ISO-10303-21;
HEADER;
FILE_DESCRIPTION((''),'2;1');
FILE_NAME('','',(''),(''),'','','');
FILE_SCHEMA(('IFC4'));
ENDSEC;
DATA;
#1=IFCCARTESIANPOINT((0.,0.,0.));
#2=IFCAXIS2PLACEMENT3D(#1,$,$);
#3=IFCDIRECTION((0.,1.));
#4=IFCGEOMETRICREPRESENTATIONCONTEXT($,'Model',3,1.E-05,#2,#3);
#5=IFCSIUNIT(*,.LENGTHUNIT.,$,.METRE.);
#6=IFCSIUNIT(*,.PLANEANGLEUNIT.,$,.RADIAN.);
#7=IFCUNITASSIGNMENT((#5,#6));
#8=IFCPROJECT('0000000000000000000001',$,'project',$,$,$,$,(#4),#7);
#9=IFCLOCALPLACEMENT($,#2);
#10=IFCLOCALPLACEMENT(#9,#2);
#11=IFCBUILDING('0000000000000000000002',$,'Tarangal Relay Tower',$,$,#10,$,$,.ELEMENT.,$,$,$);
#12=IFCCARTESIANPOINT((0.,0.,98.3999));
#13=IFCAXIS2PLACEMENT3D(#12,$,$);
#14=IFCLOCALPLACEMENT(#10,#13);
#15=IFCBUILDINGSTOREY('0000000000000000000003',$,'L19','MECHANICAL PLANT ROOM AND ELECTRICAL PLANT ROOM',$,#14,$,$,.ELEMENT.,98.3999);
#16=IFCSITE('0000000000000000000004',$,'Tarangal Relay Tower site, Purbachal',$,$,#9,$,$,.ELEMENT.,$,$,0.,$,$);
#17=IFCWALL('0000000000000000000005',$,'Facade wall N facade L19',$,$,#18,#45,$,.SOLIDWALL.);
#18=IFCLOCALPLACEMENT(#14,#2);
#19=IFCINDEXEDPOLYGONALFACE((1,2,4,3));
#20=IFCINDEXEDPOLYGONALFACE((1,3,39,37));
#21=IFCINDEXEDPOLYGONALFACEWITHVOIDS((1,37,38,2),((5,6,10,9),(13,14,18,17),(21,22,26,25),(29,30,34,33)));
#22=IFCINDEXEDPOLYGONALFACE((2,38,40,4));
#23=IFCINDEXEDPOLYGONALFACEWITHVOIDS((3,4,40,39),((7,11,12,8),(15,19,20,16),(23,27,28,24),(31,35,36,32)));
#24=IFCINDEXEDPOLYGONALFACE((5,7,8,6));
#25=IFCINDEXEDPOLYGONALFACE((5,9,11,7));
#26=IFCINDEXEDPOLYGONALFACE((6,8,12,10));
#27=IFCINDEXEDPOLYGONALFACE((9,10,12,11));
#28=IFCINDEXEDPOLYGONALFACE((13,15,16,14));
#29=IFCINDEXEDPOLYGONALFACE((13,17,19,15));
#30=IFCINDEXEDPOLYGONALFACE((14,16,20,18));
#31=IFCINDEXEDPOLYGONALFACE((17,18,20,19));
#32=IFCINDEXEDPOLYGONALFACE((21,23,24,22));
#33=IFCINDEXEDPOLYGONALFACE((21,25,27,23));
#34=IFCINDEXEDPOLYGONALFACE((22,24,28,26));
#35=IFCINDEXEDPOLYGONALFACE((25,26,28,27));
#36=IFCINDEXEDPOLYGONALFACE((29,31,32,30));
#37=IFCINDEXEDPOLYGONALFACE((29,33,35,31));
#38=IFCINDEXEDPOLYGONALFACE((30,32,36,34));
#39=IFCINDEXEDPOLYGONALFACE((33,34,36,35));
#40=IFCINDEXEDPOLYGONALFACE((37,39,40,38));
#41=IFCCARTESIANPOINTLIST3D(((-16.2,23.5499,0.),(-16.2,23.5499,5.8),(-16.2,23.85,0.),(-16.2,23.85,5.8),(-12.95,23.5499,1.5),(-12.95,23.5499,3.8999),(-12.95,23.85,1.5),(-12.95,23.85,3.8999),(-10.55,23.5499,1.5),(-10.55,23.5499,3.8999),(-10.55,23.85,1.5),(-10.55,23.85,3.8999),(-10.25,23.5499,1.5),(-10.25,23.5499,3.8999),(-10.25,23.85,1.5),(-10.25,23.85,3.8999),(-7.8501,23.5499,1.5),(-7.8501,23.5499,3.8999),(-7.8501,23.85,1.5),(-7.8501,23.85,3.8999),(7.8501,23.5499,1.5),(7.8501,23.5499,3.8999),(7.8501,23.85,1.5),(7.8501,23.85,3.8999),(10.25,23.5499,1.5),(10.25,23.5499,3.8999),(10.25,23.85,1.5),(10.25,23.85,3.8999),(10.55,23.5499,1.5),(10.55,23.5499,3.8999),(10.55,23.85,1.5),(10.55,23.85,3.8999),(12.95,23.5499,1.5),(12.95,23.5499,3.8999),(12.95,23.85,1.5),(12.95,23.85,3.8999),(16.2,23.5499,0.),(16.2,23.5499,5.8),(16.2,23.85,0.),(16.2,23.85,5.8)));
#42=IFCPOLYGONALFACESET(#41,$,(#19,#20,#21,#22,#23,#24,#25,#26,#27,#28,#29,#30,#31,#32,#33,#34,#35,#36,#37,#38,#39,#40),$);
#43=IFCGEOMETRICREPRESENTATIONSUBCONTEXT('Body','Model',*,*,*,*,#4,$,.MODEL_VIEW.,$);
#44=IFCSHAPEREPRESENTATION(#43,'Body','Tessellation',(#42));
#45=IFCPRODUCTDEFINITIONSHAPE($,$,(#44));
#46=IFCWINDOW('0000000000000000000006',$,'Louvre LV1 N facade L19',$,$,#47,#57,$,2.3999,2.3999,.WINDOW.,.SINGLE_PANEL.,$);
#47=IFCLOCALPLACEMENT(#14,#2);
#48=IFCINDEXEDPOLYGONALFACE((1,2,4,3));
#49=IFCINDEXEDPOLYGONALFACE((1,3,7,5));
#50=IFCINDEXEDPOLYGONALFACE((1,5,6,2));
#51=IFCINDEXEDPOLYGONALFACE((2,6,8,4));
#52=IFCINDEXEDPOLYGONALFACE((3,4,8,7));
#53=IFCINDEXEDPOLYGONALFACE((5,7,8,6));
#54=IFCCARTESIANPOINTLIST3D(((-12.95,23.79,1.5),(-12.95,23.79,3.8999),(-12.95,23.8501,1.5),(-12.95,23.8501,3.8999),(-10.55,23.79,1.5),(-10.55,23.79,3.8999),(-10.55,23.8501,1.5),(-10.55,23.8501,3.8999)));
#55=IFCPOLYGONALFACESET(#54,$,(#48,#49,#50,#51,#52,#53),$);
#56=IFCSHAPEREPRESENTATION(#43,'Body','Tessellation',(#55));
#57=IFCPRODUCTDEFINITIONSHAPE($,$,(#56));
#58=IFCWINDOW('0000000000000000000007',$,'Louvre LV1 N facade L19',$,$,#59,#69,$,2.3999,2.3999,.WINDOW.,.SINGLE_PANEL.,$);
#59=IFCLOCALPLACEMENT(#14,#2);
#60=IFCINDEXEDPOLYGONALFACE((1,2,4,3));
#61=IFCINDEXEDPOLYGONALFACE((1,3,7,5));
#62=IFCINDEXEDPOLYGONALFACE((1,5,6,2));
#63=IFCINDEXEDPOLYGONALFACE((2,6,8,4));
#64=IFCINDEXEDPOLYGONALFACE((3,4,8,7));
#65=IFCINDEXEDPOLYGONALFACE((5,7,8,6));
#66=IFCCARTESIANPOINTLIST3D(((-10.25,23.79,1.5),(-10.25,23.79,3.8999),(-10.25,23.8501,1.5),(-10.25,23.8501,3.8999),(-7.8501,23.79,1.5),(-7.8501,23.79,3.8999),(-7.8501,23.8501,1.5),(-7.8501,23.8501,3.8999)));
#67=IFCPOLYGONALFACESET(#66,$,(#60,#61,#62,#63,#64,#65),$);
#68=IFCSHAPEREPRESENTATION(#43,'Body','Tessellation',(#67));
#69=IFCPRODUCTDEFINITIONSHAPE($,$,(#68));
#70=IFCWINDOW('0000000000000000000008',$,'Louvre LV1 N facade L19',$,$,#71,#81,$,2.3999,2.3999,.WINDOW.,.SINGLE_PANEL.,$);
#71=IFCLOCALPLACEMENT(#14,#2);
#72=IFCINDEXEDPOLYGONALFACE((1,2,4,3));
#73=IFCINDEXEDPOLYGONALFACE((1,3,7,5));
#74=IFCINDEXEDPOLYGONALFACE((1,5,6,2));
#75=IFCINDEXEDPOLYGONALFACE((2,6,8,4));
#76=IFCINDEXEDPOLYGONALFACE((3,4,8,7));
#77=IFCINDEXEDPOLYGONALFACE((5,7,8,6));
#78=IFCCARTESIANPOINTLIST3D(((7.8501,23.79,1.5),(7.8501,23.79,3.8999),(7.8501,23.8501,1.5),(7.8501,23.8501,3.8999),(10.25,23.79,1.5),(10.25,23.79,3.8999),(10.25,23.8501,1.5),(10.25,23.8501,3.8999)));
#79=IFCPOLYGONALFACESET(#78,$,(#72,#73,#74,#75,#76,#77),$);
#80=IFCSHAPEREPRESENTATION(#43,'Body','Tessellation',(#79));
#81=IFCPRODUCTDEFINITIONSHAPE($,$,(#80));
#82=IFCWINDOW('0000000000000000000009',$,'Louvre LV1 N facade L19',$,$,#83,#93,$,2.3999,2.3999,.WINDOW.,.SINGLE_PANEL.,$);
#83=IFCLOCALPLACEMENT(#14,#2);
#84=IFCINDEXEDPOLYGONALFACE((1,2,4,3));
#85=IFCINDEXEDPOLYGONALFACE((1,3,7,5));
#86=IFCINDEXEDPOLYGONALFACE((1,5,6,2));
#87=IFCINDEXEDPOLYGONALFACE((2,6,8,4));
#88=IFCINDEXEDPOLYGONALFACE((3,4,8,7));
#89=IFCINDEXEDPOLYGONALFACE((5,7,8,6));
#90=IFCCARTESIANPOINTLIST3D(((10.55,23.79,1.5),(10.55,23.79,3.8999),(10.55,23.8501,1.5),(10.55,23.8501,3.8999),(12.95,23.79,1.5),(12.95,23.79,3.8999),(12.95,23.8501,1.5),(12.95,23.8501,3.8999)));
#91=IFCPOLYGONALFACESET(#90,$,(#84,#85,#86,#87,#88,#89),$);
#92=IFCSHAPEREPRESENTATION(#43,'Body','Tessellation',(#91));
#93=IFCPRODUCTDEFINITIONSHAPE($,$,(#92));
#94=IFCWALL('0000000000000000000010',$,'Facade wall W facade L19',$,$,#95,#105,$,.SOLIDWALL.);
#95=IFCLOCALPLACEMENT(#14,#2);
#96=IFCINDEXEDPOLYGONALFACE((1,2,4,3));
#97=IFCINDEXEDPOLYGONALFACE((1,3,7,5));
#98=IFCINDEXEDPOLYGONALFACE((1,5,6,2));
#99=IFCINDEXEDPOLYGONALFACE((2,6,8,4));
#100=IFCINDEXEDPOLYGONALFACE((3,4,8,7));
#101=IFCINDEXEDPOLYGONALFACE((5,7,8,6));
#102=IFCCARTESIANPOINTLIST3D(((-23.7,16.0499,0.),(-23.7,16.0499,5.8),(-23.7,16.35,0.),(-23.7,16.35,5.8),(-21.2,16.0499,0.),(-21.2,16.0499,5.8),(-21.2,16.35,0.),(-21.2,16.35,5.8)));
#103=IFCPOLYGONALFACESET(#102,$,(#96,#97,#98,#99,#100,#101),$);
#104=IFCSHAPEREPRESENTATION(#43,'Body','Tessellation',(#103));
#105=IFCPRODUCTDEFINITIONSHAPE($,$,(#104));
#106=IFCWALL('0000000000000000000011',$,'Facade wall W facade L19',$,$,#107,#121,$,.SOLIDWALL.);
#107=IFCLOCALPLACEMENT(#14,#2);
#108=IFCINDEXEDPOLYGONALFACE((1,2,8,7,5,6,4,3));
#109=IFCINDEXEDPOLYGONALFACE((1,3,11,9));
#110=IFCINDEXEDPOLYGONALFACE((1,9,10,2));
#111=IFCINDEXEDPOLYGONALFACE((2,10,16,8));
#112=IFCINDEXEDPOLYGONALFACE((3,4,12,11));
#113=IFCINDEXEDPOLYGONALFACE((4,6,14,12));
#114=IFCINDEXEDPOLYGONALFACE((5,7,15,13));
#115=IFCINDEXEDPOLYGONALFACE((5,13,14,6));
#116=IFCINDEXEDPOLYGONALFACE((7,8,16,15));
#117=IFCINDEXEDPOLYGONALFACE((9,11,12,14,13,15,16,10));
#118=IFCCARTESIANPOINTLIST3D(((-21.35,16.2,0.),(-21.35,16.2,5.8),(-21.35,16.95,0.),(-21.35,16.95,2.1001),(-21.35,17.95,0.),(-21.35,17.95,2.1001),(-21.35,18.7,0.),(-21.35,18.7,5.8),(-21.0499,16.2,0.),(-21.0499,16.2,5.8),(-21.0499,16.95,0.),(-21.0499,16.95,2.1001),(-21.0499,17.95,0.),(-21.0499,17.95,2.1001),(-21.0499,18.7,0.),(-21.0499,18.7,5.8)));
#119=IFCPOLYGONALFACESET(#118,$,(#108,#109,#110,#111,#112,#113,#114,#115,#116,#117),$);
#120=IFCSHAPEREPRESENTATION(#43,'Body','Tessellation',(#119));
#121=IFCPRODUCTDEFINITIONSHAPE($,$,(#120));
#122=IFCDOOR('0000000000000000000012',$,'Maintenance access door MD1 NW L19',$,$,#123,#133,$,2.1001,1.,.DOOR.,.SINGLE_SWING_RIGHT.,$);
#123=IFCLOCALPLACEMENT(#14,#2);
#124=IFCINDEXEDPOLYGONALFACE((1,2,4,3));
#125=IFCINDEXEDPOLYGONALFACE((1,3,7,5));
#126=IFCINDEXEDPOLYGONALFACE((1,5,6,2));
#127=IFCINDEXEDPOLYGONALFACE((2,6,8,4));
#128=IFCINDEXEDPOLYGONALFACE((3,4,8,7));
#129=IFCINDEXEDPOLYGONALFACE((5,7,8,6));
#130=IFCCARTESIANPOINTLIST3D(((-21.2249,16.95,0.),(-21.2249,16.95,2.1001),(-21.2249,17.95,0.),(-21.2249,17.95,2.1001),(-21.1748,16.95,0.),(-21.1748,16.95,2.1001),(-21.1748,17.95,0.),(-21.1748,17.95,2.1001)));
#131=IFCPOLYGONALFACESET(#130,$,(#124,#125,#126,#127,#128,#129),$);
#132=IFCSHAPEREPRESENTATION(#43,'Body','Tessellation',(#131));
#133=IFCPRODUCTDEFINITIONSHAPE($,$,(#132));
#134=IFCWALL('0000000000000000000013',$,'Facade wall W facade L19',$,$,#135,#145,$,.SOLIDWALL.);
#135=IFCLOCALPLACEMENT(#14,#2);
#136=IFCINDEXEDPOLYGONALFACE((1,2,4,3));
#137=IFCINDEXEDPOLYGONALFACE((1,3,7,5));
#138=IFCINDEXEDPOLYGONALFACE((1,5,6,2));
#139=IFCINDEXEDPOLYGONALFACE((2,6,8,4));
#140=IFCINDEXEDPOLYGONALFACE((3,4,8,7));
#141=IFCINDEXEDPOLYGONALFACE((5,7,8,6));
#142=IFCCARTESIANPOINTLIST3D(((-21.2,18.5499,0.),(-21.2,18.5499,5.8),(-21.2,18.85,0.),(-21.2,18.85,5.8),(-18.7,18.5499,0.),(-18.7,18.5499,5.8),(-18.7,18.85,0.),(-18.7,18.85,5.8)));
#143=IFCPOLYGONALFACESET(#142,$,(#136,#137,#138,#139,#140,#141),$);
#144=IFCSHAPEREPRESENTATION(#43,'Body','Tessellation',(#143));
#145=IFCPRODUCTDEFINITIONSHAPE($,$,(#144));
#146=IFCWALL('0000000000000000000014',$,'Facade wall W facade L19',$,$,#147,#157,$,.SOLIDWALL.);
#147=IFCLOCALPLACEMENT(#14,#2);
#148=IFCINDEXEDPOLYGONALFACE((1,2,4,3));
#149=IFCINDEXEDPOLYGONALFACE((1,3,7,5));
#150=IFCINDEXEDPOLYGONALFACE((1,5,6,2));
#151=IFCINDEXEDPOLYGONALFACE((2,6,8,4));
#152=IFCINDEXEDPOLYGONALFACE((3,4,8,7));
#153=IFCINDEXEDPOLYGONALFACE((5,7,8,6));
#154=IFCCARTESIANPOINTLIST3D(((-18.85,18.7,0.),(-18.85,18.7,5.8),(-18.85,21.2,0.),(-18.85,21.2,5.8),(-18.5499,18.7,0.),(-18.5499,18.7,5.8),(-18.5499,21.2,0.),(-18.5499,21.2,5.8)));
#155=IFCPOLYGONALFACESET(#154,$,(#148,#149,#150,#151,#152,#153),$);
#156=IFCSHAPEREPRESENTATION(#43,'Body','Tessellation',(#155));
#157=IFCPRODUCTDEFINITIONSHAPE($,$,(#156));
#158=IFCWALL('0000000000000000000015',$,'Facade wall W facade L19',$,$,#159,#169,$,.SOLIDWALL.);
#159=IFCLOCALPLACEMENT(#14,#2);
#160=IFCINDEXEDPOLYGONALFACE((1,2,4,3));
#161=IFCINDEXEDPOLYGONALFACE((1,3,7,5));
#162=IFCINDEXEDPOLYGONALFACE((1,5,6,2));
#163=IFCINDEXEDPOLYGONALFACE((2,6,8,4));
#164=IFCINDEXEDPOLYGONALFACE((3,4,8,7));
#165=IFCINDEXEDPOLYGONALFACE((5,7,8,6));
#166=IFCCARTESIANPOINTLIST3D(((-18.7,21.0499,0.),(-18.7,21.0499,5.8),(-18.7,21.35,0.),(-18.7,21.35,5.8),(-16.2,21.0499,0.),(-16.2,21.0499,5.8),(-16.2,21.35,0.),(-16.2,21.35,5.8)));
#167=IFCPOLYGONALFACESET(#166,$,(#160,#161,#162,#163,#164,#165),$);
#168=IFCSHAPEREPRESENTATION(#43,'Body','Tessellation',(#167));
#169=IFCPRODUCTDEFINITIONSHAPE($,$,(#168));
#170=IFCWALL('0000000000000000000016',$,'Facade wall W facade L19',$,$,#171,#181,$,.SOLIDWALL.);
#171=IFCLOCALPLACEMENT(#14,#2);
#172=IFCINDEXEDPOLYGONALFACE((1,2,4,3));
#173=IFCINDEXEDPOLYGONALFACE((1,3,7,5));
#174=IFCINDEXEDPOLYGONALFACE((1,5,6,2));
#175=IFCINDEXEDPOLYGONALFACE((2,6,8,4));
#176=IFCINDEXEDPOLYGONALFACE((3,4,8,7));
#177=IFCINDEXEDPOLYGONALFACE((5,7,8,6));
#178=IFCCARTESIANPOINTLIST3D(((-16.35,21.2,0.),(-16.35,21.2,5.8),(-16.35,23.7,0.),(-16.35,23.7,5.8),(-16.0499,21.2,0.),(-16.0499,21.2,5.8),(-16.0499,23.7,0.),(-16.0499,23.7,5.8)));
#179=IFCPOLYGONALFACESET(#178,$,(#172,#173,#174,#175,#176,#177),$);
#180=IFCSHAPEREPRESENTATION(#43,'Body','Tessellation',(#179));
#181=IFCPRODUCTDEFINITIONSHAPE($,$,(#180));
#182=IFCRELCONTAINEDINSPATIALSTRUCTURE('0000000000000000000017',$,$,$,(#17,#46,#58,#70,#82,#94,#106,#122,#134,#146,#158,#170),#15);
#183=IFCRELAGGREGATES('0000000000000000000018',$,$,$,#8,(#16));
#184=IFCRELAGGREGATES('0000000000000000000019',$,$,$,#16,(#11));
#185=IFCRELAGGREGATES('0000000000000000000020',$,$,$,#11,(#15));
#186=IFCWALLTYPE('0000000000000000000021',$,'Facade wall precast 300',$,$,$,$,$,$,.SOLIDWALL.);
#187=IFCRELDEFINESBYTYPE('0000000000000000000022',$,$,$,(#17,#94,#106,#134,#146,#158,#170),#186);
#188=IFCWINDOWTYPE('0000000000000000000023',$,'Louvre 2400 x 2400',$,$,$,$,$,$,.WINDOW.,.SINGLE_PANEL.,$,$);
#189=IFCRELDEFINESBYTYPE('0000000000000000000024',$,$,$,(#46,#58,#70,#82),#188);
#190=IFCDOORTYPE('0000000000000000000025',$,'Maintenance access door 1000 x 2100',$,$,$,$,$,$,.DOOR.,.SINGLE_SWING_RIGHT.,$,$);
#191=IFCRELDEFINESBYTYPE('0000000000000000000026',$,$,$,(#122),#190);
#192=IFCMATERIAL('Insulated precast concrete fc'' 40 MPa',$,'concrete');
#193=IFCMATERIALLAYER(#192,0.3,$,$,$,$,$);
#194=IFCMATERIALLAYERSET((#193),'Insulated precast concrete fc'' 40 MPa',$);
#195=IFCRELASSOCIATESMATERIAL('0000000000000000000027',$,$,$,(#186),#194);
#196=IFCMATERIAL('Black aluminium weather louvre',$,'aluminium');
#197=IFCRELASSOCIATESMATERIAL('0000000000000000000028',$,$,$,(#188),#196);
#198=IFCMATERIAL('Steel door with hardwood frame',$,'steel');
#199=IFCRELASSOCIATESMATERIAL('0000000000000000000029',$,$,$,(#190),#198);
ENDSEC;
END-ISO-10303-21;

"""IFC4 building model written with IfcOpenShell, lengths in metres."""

from ifc_helpers import new_model, si_unit, direction, frame, frame_2d, origin, place, context, subcontext, project, spatial, rectangle, extrude, material, layer, layer_set, type_object, element, fill, save


model = new_model("IFC4")

# Units and contexts
model_context = context("Model", 3, precision=1e-05, world=origin(), true_north=direction((0.0, 1.0)))
body_context = subcontext(model_context, "Body", "Model", "MODEL_VIEW")
ifc_project = project(units=[si_unit("LENGTHUNIT", "METRE"), si_unit("PLANEANGLEUNIT", "RADIAN")], contexts=[model_context])

# Site, building, storey
site_placement = place(None, origin())
site = spatial("IfcSite", under=ifc_project, at=site_placement, Name="Tarangal Relay Tower site, Purbachal", CompositionType="ELEMENT", RefElevation=0.0)
building_placement = place(site_placement, origin())
building = spatial("IfcBuilding", under=site, at=building_placement, Name="Tarangal Relay Tower", CompositionType="ELEMENT")
storey_placement = place(building_placement, frame((0.0, 0.0, 98.3999)))
storey = spatial("IfcBuildingStorey", under=building, at=storey_placement, Name="L19", Description="MECHANICAL PLANT ROOM AND ELECTRICAL PLANT ROOM", CompositionType="ELEMENT", Elevation=98.3999)

# Wall, openings, windows
ifc_material_1 = material(Name="Insulated precast concrete fc' 40 MPa", Category="concrete")
ifc_layer_1 = layer(ifc_material_1, 0.3)
ifc_layer_set_1 = layer_set([ifc_layer_1], Name="Insulated precast concrete fc' 40 MPa")
wall_type_1 = type_object("IfcWallType", Name="Facade wall precast 300", PredefinedType="SOLIDWALL", material=ifc_layer_set_1)
wall_1_placement = place(storey_placement, frame((-16.2, 23.7, 0.0), z_axis=(0.0, 0.0, 1.0), x_axis=(1.0, 0.0, 0.0)))
wall_1 = element("IfcWall", 1, at=wall_1_placement, inside=storey, type_object=wall_type_1, Name="Facade wall N facade L19", PredefinedType="SOLIDWALL", context=body_context, shape_type="SweptSolid", body=[
    extrude(rectangle(XDim=32.3999, YDim=0.3, at=frame_2d((16.2, 0.0))), origin(), (0.0, 0.0, 1.0), 5.8),
])
opening_1_placement = place(wall_1_placement, frame((3.25, 0.0, 1.5)))
opening_1 = element("IfcOpeningElement", 2, at=opening_1_placement, cuts=wall_1, PredefinedType="OPENING", context=body_context, shape_type="SweptSolid", body=[
    extrude(rectangle(XDim=2.3999, YDim=2.3999, at=frame_2d((1.2, 1.2))), frame((0.0, 0.1599, 0.0), z_axis=(0.0, -1.0, 0.0), x_axis=(1.0, 0.0, 0.0)), (0.0, 0.0, 1.0), 0.3201),
])
opening_2_placement = place(wall_1_placement, frame((5.95, 0.0, 1.5)))
opening_2 = element("IfcOpeningElement", 3, at=opening_2_placement, cuts=wall_1, PredefinedType="OPENING", context=body_context, shape_type="SweptSolid", body=[
    extrude(rectangle(XDim=2.3999, YDim=2.3999, at=frame_2d((1.2, 1.2))), frame((0.0, 0.1599, 0.0), z_axis=(0.0, -1.0, 0.0), x_axis=(1.0, 0.0, 0.0)), (0.0, 0.0, 1.0), 0.3201),
])
opening_3_placement = place(wall_1_placement, frame((24.05, 0.0, 1.5)))
opening_3 = element("IfcOpeningElement", 4, at=opening_3_placement, cuts=wall_1, PredefinedType="OPENING", context=body_context, shape_type="SweptSolid", body=[
    extrude(rectangle(XDim=2.3999, YDim=2.3999, at=frame_2d((1.2, 1.2))), frame((0.0, 0.1599, 0.0), z_axis=(0.0, -1.0, 0.0), x_axis=(1.0, 0.0, 0.0)), (0.0, 0.0, 1.0), 0.3201),
])
opening_4_placement = place(wall_1_placement, frame((26.75, 0.0, 1.5)))
opening_4 = element("IfcOpeningElement", 5, at=opening_4_placement, cuts=wall_1, PredefinedType="OPENING", context=body_context, shape_type="SweptSolid", body=[
    extrude(rectangle(XDim=2.3999, YDim=2.3999, at=frame_2d((1.2, 1.2))), frame((0.0, 0.1599, 0.0), z_axis=(0.0, -1.0, 0.0), x_axis=(1.0, 0.0, 0.0)), (0.0, 0.0, 1.0), 0.3201),
])
ifc_material_2 = material(Name="Black aluminium weather louvre", Category="aluminium")
window_type = type_object("IfcWindowType", Name="Louvre 2400 x 2400", PartitioningType="SINGLE_PANEL", PredefinedType="WINDOW", material=ifc_material_2)
window_1_placement = place(opening_1_placement, origin())
window_1 = element("IfcWindow", 6, at=window_1_placement, inside=storey, type_object=window_type, Name="Louvre LV1 N facade L19", OverallHeight=2.3999, OverallWidth=2.3999, PartitioningType="SINGLE_PANEL", PredefinedType="WINDOW", context=body_context, shape_type="SweptSolid", body=[
    extrude(rectangle(XDim=2.3999, YDim=2.3999, at=frame_2d((1.2, 1.2))), frame((0.0, 0.1501, 0.0), z_axis=(0.0, -1.0, 0.0), x_axis=(1.0, 0.0, 0.0)), (0.0, 0.0, 1.0), 0.0601),
])
fill(opening_1, window_1)
window_2_placement = place(opening_2_placement, origin())
window_2 = element("IfcWindow", 7, at=window_2_placement, inside=storey, type_object=window_type, Name="Louvre LV1 N facade L19", OverallHeight=2.3999, OverallWidth=2.3999, PartitioningType="SINGLE_PANEL", PredefinedType="WINDOW", context=body_context, shape_type="SweptSolid", body=[
    extrude(rectangle(XDim=2.3999, YDim=2.3999, at=frame_2d((1.2, 1.2))), frame((0.0, 0.1501, 0.0), z_axis=(0.0, -1.0, 0.0), x_axis=(1.0, 0.0, 0.0)), (0.0, 0.0, 1.0), 0.0601),
])
fill(opening_2, window_2)
window_3_placement = place(opening_3_placement, origin())
window_3 = element("IfcWindow", 8, at=window_3_placement, inside=storey, type_object=window_type, Name="Louvre LV1 N facade L19", OverallHeight=2.3999, OverallWidth=2.3999, PartitioningType="SINGLE_PANEL", PredefinedType="WINDOW", context=body_context, shape_type="SweptSolid", body=[
    extrude(rectangle(XDim=2.3999, YDim=2.3999, at=frame_2d((1.2, 1.2))), frame((0.0, 0.1501, 0.0), z_axis=(0.0, -1.0, 0.0), x_axis=(1.0, 0.0, 0.0)), (0.0, 0.0, 1.0), 0.0601),
])
fill(opening_3, window_3)
window_4_placement = place(opening_4_placement, origin())
window_4 = element("IfcWindow", 9, at=window_4_placement, inside=storey, type_object=window_type, Name="Louvre LV1 N facade L19", OverallHeight=2.3999, OverallWidth=2.3999, PartitioningType="SINGLE_PANEL", PredefinedType="WINDOW", context=body_context, shape_type="SweptSolid", body=[
    extrude(rectangle(XDim=2.3999, YDim=2.3999, at=frame_2d((1.2, 1.2))), frame((0.0, 0.1501, 0.0), z_axis=(0.0, -1.0, 0.0), x_axis=(1.0, 0.0, 0.0)), (0.0, 0.0, 1.0), 0.0601),
])
fill(opening_4, window_4)

# Wall
wall_2_placement = place(storey_placement, frame((-23.7, 16.2, 0.0), z_axis=(0.0, 0.0, 1.0), x_axis=(1.0, 0.0, 0.0)))
element("IfcWall", 10, at=wall_2_placement, inside=storey, type_object=wall_type_1, Name="Facade wall W facade L19", PredefinedType="SOLIDWALL", context=body_context, shape_type="SweptSolid", body=[
    extrude(rectangle(XDim=2.5, YDim=0.3, at=frame_2d((1.25, 0.0))), origin(), (0.0, 0.0, 1.0), 5.8),
])

# Wall, opening, door
wall_3_placement = place(storey_placement, frame((-21.2, 16.2, 0.0), z_axis=(0.0, 0.0, 1.0), x_axis=(0.0, 1.0, 0.0)))
wall_3 = element("IfcWall", 11, at=wall_3_placement, inside=storey, type_object=wall_type_1, Name="Facade wall W facade L19", PredefinedType="SOLIDWALL", context=body_context, shape_type="SweptSolid", body=[
    extrude(rectangle(XDim=2.5, YDim=0.3, at=frame_2d((1.25, 0.0))), origin(), (0.0, 0.0, 1.0), 5.8),
])
opening_5_placement = place(wall_3_placement, frame((0.75, 0.0, 0.0)))
opening_5 = element("IfcOpeningElement", 12, at=opening_5_placement, cuts=wall_3, PredefinedType="OPENING", context=body_context, shape_type="SweptSolid", body=[
    extrude(rectangle(XDim=1.0, YDim=2.1001, at=frame_2d((0.5, 1.05))), frame((0.0, 0.1599, 0.0), z_axis=(0.0, -1.0, 0.0), x_axis=(1.0, 0.0, 0.0)), (0.0, 0.0, 1.0), 0.3201),
])
ifc_material_3 = material(Name="Steel door with hardwood frame", Category="steel")
door_type = type_object("IfcDoorType", Name="Maintenance access door 1000 x 2100", OperationType="SINGLE_SWING_RIGHT", PredefinedType="DOOR", material=ifc_material_3)
door_placement = place(opening_5_placement, origin())
door = element("IfcDoor", 13, at=door_placement, inside=storey, type_object=door_type, Name="Maintenance access door MD1 NW L19", OperationType="SINGLE_SWING_RIGHT", OverallHeight=2.1001, OverallWidth=1.0, PredefinedType="DOOR", context=body_context, shape_type="SweptSolid", body=[
    extrude(rectangle(XDim=1.0, YDim=2.1001, at=frame_2d((0.5, 1.05))), frame((0.0, 0.0249, 0.0), z_axis=(0.0, -1.0, 0.0), x_axis=(1.0, 0.0, 0.0)), (0.0, 0.0, 1.0), 0.05),
])
fill(opening_5, door)

# Walls
for number, where, z_axis, x_axis, name in (
    (14, (-21.2, 18.7, 0.0), (0.0, 0.0, 1.0), (1.0, 0.0, 0.0), "Facade wall W facade L19"),
    (15, (-18.7, 18.7, 0.0), (0.0, 0.0, 1.0), (0.0, 1.0, 0.0), "Facade wall W facade L19"),
    (16, (-18.7, 21.2, 0.0), (0.0, 0.0, 1.0), (1.0, 0.0, 0.0), "Facade wall W facade L19"),
    (17, (-16.2, 21.2, 0.0), (0.0, 0.0, 1.0), (0.0, 1.0, 0.0), "Facade wall W facade L19"),
):
    element("IfcWall", number, at=place(storey_placement, frame(where, z_axis=z_axis, x_axis=x_axis)), inside=storey, type_object=wall_type_1, Name=name, PredefinedType="SOLIDWALL", context=body_context, shape_type="SweptSolid", body=[
        extrude(rectangle(XDim=2.5, YDim=0.3, at=frame_2d((1.25, 0.0))), origin(), (0.0, 0.0, 1.0), 5.8),
    ])

save(model, "model.ifc")
